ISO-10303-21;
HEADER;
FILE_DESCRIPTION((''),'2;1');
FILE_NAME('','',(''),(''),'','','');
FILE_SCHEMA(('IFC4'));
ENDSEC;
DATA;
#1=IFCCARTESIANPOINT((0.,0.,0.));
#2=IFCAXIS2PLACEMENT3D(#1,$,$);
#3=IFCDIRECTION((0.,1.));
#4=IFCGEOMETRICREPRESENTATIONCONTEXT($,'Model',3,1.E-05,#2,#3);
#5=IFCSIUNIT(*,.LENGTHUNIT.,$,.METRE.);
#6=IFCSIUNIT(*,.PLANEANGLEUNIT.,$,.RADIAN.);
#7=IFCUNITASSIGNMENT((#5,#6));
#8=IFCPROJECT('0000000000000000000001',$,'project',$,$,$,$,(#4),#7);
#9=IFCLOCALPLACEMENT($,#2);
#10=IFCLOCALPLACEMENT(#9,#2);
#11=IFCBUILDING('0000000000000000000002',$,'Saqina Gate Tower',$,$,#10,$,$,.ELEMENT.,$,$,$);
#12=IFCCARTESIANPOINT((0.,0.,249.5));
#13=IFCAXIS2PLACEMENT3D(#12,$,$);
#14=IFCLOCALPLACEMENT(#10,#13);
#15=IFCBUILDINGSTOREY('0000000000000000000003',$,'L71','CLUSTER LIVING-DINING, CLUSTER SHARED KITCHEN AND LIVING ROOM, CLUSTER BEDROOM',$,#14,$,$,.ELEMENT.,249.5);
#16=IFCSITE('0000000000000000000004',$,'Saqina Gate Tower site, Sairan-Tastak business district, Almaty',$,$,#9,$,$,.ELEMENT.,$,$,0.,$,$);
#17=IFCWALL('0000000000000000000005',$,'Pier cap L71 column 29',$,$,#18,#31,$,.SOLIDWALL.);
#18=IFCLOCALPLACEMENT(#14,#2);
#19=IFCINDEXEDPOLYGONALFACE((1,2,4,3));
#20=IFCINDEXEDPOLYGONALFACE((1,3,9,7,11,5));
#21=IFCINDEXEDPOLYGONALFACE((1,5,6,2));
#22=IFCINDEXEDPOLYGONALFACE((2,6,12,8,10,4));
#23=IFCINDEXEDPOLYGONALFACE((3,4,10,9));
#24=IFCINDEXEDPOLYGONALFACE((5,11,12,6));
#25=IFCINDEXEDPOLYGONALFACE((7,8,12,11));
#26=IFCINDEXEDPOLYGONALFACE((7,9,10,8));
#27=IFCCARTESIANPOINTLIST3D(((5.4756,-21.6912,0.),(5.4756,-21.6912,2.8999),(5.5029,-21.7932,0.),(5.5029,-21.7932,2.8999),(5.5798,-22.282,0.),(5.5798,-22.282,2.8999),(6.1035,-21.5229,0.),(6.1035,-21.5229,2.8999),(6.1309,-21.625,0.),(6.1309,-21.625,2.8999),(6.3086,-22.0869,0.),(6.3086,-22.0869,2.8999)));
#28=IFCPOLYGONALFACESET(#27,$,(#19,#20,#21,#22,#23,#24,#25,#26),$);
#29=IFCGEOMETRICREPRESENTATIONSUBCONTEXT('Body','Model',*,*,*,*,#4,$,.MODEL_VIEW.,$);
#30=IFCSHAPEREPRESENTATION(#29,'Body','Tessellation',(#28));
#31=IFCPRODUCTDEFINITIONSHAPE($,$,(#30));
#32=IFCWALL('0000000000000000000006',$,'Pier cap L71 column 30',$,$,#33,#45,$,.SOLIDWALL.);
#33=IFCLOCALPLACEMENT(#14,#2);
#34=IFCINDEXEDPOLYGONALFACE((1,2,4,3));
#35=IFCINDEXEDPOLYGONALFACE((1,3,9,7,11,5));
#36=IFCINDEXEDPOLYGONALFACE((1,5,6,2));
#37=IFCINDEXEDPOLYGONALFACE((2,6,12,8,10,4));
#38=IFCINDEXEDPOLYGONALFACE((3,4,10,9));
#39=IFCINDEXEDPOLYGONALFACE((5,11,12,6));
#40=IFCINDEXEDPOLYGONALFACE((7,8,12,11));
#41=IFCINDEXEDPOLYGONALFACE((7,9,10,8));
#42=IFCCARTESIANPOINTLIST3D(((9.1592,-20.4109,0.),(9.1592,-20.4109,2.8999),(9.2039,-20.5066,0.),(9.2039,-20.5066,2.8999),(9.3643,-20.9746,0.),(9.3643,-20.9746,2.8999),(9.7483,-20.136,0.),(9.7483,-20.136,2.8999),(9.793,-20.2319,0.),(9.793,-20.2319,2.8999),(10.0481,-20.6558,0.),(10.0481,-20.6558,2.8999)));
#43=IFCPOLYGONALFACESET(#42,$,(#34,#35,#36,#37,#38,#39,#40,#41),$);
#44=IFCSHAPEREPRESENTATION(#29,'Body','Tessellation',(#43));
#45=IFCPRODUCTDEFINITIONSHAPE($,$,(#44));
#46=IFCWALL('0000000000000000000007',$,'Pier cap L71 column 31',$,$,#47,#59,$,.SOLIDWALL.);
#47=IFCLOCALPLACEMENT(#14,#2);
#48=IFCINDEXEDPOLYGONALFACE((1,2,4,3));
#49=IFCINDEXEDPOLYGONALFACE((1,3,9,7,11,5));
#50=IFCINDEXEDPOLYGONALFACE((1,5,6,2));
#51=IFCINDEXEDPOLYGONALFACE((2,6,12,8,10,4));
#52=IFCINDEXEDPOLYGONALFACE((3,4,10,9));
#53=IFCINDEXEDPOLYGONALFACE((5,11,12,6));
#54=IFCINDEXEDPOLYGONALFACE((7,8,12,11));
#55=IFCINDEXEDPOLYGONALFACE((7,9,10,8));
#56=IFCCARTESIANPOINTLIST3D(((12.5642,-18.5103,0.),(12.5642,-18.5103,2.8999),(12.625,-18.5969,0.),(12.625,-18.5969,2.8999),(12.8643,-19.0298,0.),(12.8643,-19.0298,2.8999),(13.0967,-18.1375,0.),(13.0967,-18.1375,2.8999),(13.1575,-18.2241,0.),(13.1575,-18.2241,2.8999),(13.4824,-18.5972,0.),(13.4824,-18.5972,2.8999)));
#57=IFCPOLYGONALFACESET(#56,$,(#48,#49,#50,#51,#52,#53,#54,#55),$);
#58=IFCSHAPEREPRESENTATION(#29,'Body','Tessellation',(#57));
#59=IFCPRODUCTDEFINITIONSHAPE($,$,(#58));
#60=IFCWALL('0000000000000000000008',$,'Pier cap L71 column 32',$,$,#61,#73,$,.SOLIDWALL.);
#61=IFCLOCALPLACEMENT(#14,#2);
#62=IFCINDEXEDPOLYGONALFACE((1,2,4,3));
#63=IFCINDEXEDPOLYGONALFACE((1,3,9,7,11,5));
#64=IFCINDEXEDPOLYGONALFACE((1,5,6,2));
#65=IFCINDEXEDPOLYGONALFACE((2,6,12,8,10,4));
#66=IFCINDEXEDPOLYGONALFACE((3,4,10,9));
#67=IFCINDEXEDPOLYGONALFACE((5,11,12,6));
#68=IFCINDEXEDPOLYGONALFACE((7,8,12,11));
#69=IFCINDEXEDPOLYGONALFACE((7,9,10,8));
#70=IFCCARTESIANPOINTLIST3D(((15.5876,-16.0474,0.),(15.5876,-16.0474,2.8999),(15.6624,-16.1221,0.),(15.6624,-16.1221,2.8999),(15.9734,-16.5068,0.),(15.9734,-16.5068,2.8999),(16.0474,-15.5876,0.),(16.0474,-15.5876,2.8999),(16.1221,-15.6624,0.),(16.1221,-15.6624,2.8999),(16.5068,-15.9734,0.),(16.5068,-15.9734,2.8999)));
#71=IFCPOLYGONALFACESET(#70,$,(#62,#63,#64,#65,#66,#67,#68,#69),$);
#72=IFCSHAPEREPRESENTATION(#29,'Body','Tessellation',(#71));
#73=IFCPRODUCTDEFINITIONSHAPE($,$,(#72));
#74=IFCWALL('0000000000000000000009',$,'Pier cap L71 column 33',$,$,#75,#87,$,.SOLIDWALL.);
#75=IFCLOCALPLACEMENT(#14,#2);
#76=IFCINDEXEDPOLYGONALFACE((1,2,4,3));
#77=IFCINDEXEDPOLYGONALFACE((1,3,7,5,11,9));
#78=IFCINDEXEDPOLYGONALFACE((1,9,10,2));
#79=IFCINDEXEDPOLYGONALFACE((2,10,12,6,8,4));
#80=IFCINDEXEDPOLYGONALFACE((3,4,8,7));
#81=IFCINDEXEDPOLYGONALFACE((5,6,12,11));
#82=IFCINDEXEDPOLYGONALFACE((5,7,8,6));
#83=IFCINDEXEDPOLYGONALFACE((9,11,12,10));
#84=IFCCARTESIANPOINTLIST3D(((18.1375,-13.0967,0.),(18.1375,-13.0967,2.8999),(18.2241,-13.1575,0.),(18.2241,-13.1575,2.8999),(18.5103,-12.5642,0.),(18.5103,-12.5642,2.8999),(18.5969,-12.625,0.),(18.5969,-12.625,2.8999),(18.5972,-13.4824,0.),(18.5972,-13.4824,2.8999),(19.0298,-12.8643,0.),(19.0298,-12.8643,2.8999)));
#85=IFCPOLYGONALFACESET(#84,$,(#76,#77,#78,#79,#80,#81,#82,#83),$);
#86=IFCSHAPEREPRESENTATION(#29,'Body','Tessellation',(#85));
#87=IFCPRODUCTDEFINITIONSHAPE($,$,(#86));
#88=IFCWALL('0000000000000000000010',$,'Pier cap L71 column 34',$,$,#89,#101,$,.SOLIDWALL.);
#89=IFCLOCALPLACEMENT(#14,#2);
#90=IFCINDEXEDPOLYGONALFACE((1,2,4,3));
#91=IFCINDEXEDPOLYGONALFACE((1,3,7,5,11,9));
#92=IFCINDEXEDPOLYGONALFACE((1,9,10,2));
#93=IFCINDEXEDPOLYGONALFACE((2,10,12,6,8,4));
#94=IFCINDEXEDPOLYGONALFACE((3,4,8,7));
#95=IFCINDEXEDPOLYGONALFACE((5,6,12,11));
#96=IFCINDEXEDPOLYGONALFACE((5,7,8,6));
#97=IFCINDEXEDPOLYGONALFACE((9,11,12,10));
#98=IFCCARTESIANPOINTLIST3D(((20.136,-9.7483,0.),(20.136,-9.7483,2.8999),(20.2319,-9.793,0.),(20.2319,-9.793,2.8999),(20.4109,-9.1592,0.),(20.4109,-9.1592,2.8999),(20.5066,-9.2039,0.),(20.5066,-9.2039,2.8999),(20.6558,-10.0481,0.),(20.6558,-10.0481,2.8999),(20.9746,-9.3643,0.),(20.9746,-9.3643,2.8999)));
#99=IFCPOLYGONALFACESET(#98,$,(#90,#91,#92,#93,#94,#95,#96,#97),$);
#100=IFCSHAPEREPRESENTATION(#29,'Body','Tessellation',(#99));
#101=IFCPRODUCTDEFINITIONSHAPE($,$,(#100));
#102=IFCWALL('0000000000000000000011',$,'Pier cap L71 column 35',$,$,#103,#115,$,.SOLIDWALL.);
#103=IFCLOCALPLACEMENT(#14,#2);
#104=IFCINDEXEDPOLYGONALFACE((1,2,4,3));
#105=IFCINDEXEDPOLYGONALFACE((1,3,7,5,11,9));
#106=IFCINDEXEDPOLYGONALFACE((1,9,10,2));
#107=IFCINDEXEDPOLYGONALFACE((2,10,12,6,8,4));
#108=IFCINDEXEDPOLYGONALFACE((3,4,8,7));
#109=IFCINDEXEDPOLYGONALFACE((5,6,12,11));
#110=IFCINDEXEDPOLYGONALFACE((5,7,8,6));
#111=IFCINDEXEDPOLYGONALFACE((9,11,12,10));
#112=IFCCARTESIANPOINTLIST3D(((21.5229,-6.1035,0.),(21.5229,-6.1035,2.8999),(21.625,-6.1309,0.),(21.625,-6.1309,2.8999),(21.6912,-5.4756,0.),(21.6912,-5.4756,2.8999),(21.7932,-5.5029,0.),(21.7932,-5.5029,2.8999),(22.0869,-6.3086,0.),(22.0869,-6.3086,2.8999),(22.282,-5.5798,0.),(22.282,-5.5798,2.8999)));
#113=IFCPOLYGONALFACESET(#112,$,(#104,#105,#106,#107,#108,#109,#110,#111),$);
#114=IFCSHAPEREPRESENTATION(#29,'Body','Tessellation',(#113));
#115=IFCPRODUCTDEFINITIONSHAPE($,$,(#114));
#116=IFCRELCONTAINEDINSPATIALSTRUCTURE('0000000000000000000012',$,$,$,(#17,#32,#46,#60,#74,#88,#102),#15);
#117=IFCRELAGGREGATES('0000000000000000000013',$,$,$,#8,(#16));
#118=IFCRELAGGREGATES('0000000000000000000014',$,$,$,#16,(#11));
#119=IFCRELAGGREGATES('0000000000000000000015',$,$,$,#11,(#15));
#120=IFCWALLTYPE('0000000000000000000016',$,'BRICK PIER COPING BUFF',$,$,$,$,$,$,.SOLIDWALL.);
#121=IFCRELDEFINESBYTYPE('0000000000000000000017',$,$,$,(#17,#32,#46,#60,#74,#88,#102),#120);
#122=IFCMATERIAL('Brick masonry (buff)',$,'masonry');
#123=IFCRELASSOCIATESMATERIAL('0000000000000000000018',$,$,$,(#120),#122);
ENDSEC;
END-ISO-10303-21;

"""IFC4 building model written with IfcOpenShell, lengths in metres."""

from ifc_helpers import new_model, si_unit, direction, frame, origin, place, context, subcontext, project, spatial, polyline, outline, extrude, material, type_object, element, save


model = new_model("IFC4")

# Units and contexts
model_context = context("Model", 3, precision=1e-05, world=origin(), true_north=direction((0.0, 1.0)))
body_context = subcontext(model_context, "Body", "Model", "MODEL_VIEW")
ifc_project = project(units=[si_unit("LENGTHUNIT", "METRE"), si_unit("PLANEANGLEUNIT", "RADIAN")], contexts=[model_context])

# Site, building, storey
site_placement = place(None, origin())
site = spatial("IfcSite", under=ifc_project, at=site_placement, Name="Saqina Gate Tower site, Sairan-Tastak business district, Almaty", CompositionType="ELEMENT", RefElevation=0.0)
building_placement = place(site_placement, origin())
building = spatial("IfcBuilding", under=site, at=building_placement, Name="Saqina Gate Tower", CompositionType="ELEMENT")
storey_placement = place(building_placement, frame((0.0, 0.0, 249.5)))
storey = spatial("IfcBuildingStorey", under=building, at=storey_placement, Name="L71", Description="CLUSTER LIVING-DINING, CLUSTER SHARED KITCHEN AND LIVING ROOM, CLUSTER BEDROOM", CompositionType="ELEMENT", Elevation=249.5)

# Walls
ifc_material = material(Name="Brick masonry (buff)", Category="masonry")
wall_type = type_object("IfcWallType", Name="BRICK PIER COPING BUFF", PredefinedType="SOLIDWALL", material=ifc_material)
wall_1_placement = place(storey_placement, origin())
element("IfcWall", 1, at=wall_1_placement, inside=storey, type_object=wall_type, Name="Pier cap L71 column 29", PredefinedType="SOLIDWALL", context=body_context, shape_type="SweptSolid", body=[
    extrude(outline(polyline([(6.3086, -22.0869), (6.1035, -21.5229), (6.1309, -21.625), (5.5029, -21.7932), (5.4756, -21.6912), (5.5798, -22.282), (6.3086, -22.0869)])), origin(), (0.0, 0.0, 1.0), 2.8999),
])
wall_2_placement = place(storey_placement, origin())
element("IfcWall", 2, at=wall_2_placement, inside=storey, type_object=wall_type, Name="Pier cap L71 column 30", PredefinedType="SOLIDWALL", context=body_context, shape_type="SweptSolid", body=[
    extrude(outline(polyline([(9.3643, -20.9746), (10.0481, -20.6558), (9.7483, -20.136), (9.793, -20.2319), (9.2039, -20.5066), (9.1592, -20.4109), (9.3643, -20.9746)])), origin(), (0.0, 0.0, 1.0), 2.8999),
])
wall_3_placement = place(storey_placement, origin())
element("IfcWall", 3, at=wall_3_placement, inside=storey, type_object=wall_type, Name="Pier cap L71 column 31", PredefinedType="SOLIDWALL", context=body_context, shape_type="SweptSolid", body=[
    extrude(outline(polyline([(12.8643, -19.0298), (13.4824, -18.5972), (13.0967, -18.1375), (13.1575, -18.2241), (12.625, -18.5969), (12.5642, -18.5103), (12.8643, -19.0298)])), origin(), (0.0, 0.0, 1.0), 2.8999),
])
wall_4_placement = place(storey_placement, origin())
element("IfcWall", 4, at=wall_4_placement, inside=storey, type_object=wall_type, Name="Pier cap L71 column 32", PredefinedType="SOLIDWALL", context=body_context, shape_type="SweptSolid", body=[
    extrude(outline(polyline([(16.5068, -15.9734), (16.0474, -15.5876), (16.1221, -15.6624), (15.6624, -16.1221), (15.5876, -16.0474), (15.9734, -16.5068), (16.5068, -15.9734)])), origin(), (0.0, 0.0, 1.0), 2.8999),
])
wall_5_placement = place(storey_placement, origin())
element("IfcWall", 5, at=wall_5_placement, inside=storey, type_object=wall_type, Name="Pier cap L71 column 33", PredefinedType="SOLIDWALL", context=body_context, shape_type="SweptSolid", body=[
    extrude(outline(polyline([(19.0298, -12.8643), (18.5103, -12.5642), (18.5969, -12.625), (18.2241, -13.1575), (18.1375, -13.0967), (18.5972, -13.4824), (19.0298, -12.8643)])), origin(), (0.0, 0.0, 1.0), 2.8999),
])
wall_6_placement = place(storey_placement, origin())
element("IfcWall", 6, at=wall_6_placement, inside=storey, type_object=wall_type, Name="Pier cap L71 column 34", PredefinedType="SOLIDWALL", context=body_context, shape_type="SweptSolid", body=[
    extrude(outline(polyline([(20.6558, -10.0481), (20.9746, -9.3643), (20.4109, -9.1592), (20.5066, -9.2039), (20.2319, -9.793), (20.136, -9.7483), (20.6558, -10.0481)])), origin(), (0.0, 0.0, 1.0), 2.8999),
])
wall_7_placement = place(storey_placement, origin())
element("IfcWall", 7, at=wall_7_placement, inside=storey, type_object=wall_type, Name="Pier cap L71 column 35", PredefinedType="SOLIDWALL", context=body_context, shape_type="SweptSolid", body=[
    extrude(outline(polyline([(22.282, -5.5798), (21.6912, -5.4756), (21.7932, -5.5029), (21.625, -6.1309), (21.5229, -6.1035), (22.0869, -6.3086), (22.282, -5.5798)])), origin(), (0.0, 0.0, 1.0), 2.8999),
])

save(model, "model.ifc")
